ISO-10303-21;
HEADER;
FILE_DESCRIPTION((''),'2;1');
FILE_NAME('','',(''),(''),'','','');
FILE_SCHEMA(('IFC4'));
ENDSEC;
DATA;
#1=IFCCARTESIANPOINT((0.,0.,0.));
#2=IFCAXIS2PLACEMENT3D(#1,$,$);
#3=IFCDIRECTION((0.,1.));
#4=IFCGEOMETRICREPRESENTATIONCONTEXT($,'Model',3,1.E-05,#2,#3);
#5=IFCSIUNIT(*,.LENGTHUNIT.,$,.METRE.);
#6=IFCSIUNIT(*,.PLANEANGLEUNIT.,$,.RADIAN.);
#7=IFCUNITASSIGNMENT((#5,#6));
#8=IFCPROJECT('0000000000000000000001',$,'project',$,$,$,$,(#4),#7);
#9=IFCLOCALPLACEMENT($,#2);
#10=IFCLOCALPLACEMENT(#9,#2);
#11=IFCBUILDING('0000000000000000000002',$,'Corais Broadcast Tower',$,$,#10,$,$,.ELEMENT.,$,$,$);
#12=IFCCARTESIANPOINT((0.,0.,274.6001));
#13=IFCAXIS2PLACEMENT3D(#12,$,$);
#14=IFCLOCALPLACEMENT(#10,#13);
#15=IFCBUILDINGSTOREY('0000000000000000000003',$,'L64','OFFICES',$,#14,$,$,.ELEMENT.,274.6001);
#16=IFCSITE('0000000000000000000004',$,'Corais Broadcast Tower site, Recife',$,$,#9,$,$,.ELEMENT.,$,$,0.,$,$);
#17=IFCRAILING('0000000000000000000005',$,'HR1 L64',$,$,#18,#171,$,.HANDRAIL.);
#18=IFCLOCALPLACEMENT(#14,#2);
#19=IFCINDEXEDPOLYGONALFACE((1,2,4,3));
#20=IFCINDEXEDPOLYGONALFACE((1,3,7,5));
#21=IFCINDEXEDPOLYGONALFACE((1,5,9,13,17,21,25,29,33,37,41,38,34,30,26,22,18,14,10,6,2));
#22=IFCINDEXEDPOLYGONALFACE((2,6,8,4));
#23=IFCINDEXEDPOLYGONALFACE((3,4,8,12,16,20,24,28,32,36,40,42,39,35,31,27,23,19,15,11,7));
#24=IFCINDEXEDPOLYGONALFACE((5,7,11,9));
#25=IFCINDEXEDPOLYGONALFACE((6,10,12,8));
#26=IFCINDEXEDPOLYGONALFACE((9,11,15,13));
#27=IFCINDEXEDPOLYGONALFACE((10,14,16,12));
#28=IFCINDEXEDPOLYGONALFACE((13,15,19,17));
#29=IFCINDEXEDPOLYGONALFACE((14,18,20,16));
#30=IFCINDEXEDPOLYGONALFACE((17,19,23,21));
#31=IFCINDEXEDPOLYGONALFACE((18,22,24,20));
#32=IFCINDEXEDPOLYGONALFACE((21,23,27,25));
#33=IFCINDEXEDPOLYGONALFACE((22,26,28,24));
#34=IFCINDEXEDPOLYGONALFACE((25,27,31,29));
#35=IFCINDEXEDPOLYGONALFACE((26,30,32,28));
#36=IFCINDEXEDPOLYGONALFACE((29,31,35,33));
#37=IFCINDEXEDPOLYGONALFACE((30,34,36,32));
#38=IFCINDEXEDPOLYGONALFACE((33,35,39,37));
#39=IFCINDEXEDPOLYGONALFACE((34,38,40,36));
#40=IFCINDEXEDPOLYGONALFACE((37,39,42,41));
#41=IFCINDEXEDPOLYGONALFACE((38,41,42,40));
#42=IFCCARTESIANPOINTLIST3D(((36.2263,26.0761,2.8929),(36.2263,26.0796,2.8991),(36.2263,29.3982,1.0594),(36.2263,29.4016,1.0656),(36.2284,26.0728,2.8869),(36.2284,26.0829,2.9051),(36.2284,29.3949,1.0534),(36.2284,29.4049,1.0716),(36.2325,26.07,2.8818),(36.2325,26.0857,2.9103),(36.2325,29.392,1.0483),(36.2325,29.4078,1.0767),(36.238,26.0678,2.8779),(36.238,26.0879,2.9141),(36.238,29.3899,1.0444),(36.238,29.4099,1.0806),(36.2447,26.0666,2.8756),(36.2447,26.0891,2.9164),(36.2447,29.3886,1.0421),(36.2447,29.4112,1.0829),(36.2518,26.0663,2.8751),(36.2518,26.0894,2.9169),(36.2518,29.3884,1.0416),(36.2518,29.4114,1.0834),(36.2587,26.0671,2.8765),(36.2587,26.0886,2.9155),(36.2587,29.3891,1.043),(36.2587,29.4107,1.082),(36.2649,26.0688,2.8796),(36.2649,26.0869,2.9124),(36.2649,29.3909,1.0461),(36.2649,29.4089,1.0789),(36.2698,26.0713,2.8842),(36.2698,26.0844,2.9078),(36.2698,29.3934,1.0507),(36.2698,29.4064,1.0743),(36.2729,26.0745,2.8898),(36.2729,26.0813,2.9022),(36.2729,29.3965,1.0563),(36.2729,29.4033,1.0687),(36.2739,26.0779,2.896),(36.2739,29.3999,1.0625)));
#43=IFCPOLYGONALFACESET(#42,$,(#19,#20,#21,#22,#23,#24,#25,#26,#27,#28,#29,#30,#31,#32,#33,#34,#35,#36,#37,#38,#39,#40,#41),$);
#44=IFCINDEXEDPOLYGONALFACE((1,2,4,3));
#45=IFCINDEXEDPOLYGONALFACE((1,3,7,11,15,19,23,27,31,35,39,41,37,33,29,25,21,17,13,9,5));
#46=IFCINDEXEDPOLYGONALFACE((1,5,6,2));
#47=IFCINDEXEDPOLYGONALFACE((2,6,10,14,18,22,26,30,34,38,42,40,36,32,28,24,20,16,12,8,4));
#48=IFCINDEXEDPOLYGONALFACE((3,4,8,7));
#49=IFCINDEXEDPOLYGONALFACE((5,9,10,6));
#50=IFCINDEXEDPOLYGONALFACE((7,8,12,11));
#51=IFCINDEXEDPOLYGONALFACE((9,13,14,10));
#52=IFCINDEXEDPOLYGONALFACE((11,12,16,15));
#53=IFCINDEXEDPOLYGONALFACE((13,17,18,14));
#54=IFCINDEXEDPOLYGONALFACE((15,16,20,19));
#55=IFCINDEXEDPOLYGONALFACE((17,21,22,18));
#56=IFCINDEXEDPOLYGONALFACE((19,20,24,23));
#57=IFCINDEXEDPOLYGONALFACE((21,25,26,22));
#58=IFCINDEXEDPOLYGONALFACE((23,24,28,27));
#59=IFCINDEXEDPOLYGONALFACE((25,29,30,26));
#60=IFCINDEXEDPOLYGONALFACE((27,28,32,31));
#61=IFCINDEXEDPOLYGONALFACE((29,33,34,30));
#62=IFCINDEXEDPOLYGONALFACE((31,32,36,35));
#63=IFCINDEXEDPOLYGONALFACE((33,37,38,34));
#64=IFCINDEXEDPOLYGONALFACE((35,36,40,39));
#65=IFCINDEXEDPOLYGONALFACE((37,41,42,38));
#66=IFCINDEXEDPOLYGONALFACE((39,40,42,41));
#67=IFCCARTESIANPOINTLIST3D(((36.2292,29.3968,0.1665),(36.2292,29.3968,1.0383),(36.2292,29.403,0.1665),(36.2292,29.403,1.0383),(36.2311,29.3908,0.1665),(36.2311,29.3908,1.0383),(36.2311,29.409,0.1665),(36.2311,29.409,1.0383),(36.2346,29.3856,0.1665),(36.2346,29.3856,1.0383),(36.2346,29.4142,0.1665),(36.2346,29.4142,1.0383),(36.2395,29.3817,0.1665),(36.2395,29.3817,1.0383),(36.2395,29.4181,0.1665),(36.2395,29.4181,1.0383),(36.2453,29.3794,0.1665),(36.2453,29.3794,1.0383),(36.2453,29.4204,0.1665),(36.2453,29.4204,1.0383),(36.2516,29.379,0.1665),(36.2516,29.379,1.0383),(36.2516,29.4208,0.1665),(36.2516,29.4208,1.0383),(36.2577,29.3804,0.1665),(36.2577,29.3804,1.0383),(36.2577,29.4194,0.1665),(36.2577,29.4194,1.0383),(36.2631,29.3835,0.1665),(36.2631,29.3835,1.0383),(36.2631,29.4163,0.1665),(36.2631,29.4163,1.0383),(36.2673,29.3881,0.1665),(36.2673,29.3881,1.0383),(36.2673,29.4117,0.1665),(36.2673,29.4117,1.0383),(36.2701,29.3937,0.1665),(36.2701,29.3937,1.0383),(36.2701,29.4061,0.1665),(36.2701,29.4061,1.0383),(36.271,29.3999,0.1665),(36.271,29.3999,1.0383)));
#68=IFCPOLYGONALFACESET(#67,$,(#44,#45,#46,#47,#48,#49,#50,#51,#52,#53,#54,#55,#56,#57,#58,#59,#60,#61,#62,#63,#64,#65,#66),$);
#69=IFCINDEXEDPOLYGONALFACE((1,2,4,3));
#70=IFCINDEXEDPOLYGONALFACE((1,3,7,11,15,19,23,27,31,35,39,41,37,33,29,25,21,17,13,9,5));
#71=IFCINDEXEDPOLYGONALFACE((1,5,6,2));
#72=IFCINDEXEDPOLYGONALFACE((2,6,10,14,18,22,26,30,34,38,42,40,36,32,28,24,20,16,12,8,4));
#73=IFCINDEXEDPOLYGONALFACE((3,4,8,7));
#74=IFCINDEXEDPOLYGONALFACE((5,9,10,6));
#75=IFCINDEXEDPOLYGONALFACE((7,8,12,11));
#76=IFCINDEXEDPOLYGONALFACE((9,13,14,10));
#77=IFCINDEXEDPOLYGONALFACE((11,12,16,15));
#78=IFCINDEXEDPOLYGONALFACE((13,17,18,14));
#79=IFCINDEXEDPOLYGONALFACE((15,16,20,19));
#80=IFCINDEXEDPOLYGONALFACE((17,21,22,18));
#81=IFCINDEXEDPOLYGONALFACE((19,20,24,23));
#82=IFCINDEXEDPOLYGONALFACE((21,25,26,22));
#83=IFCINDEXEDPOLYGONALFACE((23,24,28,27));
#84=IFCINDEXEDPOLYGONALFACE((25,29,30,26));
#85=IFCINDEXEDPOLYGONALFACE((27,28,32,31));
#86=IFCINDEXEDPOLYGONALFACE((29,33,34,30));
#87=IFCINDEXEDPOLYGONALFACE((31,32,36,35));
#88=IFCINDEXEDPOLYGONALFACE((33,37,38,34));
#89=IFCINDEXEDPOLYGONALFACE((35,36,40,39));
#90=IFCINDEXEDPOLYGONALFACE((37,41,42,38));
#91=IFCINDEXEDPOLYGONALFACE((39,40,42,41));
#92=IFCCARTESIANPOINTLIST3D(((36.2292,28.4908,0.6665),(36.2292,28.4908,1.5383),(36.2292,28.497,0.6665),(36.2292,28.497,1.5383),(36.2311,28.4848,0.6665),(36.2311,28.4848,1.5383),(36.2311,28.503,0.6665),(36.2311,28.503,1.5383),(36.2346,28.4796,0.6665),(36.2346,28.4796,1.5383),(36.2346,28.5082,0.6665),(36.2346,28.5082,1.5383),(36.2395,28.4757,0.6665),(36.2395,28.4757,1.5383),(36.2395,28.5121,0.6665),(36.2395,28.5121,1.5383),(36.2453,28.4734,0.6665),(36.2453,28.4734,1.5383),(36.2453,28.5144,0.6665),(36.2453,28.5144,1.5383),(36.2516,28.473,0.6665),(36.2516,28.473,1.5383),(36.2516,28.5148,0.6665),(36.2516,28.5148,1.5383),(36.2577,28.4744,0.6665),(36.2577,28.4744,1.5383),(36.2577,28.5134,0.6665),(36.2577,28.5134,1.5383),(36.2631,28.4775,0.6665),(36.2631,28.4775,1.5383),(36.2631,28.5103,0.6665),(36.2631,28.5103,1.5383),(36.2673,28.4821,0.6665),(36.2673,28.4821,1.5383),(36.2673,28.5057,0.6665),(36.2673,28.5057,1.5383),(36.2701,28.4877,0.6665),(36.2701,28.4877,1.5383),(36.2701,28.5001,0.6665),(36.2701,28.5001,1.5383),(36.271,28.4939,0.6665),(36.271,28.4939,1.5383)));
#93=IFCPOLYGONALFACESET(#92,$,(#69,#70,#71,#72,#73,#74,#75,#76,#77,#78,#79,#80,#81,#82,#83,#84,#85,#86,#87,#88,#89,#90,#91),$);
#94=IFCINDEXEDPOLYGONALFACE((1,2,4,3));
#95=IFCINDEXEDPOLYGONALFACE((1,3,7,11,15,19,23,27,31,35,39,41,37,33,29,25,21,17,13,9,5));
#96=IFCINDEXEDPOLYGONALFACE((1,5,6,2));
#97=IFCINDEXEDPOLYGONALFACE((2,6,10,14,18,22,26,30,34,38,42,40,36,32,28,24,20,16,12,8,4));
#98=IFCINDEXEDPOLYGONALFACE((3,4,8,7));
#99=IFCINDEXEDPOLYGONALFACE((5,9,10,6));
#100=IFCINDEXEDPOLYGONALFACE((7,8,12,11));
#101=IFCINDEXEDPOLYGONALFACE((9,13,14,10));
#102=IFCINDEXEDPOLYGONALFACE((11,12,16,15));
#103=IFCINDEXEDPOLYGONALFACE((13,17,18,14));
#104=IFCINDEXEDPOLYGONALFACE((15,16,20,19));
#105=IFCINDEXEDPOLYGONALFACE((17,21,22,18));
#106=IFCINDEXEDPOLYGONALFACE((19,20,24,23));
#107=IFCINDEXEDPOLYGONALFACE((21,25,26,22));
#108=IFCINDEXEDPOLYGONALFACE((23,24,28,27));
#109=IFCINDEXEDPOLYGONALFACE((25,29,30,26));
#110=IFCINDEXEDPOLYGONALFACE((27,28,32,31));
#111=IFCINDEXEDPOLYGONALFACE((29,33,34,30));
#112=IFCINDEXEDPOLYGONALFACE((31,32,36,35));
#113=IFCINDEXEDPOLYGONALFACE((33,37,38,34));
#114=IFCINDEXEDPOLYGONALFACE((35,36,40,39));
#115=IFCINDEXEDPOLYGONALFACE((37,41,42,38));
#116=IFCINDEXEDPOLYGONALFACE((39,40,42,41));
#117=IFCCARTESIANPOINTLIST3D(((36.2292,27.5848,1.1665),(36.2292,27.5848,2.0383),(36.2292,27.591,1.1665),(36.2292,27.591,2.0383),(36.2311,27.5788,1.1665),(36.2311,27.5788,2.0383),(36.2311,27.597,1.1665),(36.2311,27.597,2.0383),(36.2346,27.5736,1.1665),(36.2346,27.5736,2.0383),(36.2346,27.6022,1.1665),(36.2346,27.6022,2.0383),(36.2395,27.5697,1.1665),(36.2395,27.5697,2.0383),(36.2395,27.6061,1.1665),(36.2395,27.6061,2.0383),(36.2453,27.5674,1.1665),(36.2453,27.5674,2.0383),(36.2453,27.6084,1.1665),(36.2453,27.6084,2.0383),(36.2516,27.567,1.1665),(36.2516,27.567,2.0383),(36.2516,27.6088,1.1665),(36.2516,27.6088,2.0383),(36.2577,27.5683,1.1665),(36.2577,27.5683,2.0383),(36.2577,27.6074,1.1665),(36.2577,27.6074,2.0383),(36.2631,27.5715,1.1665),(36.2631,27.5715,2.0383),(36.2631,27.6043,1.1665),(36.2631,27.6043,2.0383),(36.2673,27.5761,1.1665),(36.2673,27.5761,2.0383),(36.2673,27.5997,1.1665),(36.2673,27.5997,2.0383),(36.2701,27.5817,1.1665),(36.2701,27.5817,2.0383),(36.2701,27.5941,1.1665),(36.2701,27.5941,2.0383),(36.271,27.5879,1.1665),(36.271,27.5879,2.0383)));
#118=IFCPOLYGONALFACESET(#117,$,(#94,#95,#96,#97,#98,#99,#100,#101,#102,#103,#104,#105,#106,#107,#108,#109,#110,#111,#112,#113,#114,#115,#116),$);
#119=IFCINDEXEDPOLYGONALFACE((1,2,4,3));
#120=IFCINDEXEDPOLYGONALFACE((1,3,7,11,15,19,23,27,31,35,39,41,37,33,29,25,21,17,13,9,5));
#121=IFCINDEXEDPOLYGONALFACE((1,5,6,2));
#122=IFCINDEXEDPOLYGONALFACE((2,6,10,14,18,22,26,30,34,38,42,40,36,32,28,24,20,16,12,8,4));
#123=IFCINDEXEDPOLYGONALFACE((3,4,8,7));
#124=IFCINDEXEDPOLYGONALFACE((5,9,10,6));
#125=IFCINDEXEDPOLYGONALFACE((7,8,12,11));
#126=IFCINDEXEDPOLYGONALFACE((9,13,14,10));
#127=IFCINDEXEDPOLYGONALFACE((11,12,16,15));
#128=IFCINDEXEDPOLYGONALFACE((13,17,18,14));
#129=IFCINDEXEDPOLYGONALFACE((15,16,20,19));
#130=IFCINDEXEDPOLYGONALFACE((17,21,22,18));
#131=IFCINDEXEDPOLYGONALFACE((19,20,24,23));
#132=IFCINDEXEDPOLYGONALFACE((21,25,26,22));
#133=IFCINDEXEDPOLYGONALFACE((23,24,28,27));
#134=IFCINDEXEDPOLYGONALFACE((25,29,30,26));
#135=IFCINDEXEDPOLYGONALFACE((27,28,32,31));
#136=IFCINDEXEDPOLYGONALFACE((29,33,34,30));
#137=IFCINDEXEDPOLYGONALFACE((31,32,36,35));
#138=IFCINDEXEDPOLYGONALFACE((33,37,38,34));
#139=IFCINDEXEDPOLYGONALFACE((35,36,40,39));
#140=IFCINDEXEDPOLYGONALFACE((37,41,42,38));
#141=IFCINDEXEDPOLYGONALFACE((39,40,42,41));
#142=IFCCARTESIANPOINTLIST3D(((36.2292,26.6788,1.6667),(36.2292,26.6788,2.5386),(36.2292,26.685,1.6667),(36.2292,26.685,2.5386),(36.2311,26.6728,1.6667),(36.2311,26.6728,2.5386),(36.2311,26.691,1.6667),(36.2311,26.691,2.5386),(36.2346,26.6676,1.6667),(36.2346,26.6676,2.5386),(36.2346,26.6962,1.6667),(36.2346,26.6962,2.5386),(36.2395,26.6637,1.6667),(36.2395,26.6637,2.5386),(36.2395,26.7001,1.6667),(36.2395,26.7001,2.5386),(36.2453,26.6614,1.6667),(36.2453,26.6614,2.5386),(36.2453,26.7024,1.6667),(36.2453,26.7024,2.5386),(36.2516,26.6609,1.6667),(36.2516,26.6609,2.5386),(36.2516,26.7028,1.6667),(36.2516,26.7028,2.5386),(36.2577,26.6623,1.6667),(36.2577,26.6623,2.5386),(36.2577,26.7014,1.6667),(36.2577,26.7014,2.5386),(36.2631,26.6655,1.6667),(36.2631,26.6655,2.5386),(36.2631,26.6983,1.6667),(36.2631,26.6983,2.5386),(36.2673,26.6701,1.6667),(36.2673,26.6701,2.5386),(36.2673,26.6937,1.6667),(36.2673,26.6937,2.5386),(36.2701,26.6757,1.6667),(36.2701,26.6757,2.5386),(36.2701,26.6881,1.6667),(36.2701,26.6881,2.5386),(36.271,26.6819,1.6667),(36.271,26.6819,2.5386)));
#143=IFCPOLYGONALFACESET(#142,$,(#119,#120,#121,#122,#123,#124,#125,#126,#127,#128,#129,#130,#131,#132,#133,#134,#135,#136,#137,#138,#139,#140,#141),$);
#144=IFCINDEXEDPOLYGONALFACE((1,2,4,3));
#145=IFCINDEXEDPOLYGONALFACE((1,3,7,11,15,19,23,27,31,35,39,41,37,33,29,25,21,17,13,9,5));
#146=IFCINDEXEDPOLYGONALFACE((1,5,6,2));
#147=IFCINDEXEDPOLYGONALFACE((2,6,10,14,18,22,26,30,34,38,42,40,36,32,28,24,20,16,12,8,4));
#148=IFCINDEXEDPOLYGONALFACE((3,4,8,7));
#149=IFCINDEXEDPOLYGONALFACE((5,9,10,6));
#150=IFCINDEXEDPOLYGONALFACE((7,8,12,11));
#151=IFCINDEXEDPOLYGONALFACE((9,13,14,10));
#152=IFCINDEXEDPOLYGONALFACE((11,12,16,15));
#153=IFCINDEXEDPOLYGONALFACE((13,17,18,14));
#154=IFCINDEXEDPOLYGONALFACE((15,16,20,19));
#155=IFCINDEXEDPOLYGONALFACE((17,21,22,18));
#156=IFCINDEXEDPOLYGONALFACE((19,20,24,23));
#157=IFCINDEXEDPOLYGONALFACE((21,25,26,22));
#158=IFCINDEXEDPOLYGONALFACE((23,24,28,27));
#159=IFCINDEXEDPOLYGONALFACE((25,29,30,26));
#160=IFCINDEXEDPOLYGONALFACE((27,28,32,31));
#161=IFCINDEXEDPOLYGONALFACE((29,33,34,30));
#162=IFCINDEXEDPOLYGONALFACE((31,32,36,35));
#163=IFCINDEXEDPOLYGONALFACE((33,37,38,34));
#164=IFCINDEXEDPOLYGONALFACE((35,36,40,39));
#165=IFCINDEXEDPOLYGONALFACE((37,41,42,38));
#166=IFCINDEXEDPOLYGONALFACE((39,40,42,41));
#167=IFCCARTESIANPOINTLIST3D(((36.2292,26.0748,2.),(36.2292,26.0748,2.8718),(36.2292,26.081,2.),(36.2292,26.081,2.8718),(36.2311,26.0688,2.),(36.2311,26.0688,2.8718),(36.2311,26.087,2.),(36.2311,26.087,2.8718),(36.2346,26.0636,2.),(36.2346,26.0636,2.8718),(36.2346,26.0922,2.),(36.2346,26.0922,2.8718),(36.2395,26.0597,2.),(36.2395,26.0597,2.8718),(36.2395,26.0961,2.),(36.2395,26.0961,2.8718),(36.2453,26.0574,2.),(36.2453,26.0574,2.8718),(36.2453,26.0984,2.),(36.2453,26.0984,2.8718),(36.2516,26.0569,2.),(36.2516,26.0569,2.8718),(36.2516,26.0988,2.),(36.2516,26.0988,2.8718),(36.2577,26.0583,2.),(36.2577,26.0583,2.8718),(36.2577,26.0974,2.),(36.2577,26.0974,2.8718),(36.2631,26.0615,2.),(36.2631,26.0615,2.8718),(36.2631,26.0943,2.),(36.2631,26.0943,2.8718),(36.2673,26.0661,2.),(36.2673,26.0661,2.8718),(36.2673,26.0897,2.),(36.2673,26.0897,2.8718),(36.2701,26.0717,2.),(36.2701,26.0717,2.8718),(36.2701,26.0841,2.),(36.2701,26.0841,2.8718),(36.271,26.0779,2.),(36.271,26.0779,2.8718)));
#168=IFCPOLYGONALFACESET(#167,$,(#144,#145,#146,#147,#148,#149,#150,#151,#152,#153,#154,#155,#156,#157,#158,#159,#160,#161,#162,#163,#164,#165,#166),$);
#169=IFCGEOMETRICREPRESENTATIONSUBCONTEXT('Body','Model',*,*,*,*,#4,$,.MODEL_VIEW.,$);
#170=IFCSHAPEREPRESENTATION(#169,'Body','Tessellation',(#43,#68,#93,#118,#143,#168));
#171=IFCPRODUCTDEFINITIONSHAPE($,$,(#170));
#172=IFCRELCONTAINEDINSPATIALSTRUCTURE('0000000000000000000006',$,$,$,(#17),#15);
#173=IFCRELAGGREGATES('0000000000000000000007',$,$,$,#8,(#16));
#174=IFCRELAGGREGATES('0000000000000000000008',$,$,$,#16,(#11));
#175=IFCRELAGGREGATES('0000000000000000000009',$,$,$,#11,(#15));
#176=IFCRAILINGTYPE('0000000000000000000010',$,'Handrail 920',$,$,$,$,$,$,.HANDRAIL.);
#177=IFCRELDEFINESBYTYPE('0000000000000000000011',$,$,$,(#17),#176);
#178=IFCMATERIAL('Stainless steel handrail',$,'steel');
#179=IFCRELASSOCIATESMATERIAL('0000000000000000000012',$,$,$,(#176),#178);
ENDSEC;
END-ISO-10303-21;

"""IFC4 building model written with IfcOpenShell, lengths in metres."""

from ifc_helpers import new_model, si_unit, direction, frame, origin, origin_2d, place, context, subcontext, project, spatial, circle, extrude, material, type_object, element, save


model = new_model("IFC4")

# Units and contexts
model_context = context("Model", 3, precision=1e-05, world=origin(), true_north=direction((0.0, 1.0)))
body_context = subcontext(model_context, "Body", "Model", "MODEL_VIEW")
ifc_project = project(units=[si_unit("LENGTHUNIT", "METRE"), si_unit("PLANEANGLEUNIT", "RADIAN")], contexts=[model_context])

# Site, building, storey
site_placement = place(None, origin())
site = spatial("IfcSite", under=ifc_project, at=site_placement, Name="Corais Broadcast Tower site, Recife", CompositionType="ELEMENT", RefElevation=0.0)
building_placement = place(site_placement, origin())
building = spatial("IfcBuilding", under=site, at=building_placement, Name="Corais Broadcast Tower", CompositionType="ELEMENT")
storey_placement = place(building_placement, frame((0.0, 0.0, 274.6001)))
storey = spatial("IfcBuildingStorey", under=building, at=storey_placement, Name="L64", Description="OFFICES", CompositionType="ELEMENT", Elevation=274.6001)

# Railing
ifc_material_1 = material(Name="Stainless steel handrail", Category="steel")
railing_type = type_object("IfcRailingType", Name="Handrail 920", PredefinedType="HANDRAIL", material=ifc_material_1)
for number, where, name in (
    (1, (36.25, 29.3999, 0.1665), "HR1 L64"),
):
    element("IfcRailing", number, at=place(storey_placement, frame(where)), inside=storey, type_object=railing_type, Name=name, PredefinedType="HANDRAIL", context=body_context, shape_type="SweptSolid", body=[
        extrude(circle(Radius=0.0239, at=origin_2d()), frame((0.0, 0.0, 0.896), z_axis=(0.0, -0.875504, 0.48321), x_axis=(1.0, 0.0, 0.0)), (0.0, 0.0, 1.0), 3.7944),
        extrude(circle(Radius=0.021, at=origin_2d()), origin(), (0.0, 0.0, 1.0), 0.8718),
        extrude(circle(Radius=0.021, at=origin_2d()), frame((0.0, -0.906, 0.5)), (0.0, 0.0, 1.0), 0.8718),
        extrude(circle(Radius=0.021, at=origin_2d()), frame((0.0, -1.812, 1.0)), (0.0, 0.0, 1.0), 0.8718),
        extrude(circle(Radius=0.021, at=origin_2d()), frame((0.0, -2.718, 1.5002)), (0.0, 0.0, 1.0), 0.8718),
        extrude(circle(Radius=0.021, at=origin_2d()), frame((0.0, -3.322, 1.8335)), (0.0, 0.0, 1.0), 0.8718),
    ])

save(model, "model.ifc")
